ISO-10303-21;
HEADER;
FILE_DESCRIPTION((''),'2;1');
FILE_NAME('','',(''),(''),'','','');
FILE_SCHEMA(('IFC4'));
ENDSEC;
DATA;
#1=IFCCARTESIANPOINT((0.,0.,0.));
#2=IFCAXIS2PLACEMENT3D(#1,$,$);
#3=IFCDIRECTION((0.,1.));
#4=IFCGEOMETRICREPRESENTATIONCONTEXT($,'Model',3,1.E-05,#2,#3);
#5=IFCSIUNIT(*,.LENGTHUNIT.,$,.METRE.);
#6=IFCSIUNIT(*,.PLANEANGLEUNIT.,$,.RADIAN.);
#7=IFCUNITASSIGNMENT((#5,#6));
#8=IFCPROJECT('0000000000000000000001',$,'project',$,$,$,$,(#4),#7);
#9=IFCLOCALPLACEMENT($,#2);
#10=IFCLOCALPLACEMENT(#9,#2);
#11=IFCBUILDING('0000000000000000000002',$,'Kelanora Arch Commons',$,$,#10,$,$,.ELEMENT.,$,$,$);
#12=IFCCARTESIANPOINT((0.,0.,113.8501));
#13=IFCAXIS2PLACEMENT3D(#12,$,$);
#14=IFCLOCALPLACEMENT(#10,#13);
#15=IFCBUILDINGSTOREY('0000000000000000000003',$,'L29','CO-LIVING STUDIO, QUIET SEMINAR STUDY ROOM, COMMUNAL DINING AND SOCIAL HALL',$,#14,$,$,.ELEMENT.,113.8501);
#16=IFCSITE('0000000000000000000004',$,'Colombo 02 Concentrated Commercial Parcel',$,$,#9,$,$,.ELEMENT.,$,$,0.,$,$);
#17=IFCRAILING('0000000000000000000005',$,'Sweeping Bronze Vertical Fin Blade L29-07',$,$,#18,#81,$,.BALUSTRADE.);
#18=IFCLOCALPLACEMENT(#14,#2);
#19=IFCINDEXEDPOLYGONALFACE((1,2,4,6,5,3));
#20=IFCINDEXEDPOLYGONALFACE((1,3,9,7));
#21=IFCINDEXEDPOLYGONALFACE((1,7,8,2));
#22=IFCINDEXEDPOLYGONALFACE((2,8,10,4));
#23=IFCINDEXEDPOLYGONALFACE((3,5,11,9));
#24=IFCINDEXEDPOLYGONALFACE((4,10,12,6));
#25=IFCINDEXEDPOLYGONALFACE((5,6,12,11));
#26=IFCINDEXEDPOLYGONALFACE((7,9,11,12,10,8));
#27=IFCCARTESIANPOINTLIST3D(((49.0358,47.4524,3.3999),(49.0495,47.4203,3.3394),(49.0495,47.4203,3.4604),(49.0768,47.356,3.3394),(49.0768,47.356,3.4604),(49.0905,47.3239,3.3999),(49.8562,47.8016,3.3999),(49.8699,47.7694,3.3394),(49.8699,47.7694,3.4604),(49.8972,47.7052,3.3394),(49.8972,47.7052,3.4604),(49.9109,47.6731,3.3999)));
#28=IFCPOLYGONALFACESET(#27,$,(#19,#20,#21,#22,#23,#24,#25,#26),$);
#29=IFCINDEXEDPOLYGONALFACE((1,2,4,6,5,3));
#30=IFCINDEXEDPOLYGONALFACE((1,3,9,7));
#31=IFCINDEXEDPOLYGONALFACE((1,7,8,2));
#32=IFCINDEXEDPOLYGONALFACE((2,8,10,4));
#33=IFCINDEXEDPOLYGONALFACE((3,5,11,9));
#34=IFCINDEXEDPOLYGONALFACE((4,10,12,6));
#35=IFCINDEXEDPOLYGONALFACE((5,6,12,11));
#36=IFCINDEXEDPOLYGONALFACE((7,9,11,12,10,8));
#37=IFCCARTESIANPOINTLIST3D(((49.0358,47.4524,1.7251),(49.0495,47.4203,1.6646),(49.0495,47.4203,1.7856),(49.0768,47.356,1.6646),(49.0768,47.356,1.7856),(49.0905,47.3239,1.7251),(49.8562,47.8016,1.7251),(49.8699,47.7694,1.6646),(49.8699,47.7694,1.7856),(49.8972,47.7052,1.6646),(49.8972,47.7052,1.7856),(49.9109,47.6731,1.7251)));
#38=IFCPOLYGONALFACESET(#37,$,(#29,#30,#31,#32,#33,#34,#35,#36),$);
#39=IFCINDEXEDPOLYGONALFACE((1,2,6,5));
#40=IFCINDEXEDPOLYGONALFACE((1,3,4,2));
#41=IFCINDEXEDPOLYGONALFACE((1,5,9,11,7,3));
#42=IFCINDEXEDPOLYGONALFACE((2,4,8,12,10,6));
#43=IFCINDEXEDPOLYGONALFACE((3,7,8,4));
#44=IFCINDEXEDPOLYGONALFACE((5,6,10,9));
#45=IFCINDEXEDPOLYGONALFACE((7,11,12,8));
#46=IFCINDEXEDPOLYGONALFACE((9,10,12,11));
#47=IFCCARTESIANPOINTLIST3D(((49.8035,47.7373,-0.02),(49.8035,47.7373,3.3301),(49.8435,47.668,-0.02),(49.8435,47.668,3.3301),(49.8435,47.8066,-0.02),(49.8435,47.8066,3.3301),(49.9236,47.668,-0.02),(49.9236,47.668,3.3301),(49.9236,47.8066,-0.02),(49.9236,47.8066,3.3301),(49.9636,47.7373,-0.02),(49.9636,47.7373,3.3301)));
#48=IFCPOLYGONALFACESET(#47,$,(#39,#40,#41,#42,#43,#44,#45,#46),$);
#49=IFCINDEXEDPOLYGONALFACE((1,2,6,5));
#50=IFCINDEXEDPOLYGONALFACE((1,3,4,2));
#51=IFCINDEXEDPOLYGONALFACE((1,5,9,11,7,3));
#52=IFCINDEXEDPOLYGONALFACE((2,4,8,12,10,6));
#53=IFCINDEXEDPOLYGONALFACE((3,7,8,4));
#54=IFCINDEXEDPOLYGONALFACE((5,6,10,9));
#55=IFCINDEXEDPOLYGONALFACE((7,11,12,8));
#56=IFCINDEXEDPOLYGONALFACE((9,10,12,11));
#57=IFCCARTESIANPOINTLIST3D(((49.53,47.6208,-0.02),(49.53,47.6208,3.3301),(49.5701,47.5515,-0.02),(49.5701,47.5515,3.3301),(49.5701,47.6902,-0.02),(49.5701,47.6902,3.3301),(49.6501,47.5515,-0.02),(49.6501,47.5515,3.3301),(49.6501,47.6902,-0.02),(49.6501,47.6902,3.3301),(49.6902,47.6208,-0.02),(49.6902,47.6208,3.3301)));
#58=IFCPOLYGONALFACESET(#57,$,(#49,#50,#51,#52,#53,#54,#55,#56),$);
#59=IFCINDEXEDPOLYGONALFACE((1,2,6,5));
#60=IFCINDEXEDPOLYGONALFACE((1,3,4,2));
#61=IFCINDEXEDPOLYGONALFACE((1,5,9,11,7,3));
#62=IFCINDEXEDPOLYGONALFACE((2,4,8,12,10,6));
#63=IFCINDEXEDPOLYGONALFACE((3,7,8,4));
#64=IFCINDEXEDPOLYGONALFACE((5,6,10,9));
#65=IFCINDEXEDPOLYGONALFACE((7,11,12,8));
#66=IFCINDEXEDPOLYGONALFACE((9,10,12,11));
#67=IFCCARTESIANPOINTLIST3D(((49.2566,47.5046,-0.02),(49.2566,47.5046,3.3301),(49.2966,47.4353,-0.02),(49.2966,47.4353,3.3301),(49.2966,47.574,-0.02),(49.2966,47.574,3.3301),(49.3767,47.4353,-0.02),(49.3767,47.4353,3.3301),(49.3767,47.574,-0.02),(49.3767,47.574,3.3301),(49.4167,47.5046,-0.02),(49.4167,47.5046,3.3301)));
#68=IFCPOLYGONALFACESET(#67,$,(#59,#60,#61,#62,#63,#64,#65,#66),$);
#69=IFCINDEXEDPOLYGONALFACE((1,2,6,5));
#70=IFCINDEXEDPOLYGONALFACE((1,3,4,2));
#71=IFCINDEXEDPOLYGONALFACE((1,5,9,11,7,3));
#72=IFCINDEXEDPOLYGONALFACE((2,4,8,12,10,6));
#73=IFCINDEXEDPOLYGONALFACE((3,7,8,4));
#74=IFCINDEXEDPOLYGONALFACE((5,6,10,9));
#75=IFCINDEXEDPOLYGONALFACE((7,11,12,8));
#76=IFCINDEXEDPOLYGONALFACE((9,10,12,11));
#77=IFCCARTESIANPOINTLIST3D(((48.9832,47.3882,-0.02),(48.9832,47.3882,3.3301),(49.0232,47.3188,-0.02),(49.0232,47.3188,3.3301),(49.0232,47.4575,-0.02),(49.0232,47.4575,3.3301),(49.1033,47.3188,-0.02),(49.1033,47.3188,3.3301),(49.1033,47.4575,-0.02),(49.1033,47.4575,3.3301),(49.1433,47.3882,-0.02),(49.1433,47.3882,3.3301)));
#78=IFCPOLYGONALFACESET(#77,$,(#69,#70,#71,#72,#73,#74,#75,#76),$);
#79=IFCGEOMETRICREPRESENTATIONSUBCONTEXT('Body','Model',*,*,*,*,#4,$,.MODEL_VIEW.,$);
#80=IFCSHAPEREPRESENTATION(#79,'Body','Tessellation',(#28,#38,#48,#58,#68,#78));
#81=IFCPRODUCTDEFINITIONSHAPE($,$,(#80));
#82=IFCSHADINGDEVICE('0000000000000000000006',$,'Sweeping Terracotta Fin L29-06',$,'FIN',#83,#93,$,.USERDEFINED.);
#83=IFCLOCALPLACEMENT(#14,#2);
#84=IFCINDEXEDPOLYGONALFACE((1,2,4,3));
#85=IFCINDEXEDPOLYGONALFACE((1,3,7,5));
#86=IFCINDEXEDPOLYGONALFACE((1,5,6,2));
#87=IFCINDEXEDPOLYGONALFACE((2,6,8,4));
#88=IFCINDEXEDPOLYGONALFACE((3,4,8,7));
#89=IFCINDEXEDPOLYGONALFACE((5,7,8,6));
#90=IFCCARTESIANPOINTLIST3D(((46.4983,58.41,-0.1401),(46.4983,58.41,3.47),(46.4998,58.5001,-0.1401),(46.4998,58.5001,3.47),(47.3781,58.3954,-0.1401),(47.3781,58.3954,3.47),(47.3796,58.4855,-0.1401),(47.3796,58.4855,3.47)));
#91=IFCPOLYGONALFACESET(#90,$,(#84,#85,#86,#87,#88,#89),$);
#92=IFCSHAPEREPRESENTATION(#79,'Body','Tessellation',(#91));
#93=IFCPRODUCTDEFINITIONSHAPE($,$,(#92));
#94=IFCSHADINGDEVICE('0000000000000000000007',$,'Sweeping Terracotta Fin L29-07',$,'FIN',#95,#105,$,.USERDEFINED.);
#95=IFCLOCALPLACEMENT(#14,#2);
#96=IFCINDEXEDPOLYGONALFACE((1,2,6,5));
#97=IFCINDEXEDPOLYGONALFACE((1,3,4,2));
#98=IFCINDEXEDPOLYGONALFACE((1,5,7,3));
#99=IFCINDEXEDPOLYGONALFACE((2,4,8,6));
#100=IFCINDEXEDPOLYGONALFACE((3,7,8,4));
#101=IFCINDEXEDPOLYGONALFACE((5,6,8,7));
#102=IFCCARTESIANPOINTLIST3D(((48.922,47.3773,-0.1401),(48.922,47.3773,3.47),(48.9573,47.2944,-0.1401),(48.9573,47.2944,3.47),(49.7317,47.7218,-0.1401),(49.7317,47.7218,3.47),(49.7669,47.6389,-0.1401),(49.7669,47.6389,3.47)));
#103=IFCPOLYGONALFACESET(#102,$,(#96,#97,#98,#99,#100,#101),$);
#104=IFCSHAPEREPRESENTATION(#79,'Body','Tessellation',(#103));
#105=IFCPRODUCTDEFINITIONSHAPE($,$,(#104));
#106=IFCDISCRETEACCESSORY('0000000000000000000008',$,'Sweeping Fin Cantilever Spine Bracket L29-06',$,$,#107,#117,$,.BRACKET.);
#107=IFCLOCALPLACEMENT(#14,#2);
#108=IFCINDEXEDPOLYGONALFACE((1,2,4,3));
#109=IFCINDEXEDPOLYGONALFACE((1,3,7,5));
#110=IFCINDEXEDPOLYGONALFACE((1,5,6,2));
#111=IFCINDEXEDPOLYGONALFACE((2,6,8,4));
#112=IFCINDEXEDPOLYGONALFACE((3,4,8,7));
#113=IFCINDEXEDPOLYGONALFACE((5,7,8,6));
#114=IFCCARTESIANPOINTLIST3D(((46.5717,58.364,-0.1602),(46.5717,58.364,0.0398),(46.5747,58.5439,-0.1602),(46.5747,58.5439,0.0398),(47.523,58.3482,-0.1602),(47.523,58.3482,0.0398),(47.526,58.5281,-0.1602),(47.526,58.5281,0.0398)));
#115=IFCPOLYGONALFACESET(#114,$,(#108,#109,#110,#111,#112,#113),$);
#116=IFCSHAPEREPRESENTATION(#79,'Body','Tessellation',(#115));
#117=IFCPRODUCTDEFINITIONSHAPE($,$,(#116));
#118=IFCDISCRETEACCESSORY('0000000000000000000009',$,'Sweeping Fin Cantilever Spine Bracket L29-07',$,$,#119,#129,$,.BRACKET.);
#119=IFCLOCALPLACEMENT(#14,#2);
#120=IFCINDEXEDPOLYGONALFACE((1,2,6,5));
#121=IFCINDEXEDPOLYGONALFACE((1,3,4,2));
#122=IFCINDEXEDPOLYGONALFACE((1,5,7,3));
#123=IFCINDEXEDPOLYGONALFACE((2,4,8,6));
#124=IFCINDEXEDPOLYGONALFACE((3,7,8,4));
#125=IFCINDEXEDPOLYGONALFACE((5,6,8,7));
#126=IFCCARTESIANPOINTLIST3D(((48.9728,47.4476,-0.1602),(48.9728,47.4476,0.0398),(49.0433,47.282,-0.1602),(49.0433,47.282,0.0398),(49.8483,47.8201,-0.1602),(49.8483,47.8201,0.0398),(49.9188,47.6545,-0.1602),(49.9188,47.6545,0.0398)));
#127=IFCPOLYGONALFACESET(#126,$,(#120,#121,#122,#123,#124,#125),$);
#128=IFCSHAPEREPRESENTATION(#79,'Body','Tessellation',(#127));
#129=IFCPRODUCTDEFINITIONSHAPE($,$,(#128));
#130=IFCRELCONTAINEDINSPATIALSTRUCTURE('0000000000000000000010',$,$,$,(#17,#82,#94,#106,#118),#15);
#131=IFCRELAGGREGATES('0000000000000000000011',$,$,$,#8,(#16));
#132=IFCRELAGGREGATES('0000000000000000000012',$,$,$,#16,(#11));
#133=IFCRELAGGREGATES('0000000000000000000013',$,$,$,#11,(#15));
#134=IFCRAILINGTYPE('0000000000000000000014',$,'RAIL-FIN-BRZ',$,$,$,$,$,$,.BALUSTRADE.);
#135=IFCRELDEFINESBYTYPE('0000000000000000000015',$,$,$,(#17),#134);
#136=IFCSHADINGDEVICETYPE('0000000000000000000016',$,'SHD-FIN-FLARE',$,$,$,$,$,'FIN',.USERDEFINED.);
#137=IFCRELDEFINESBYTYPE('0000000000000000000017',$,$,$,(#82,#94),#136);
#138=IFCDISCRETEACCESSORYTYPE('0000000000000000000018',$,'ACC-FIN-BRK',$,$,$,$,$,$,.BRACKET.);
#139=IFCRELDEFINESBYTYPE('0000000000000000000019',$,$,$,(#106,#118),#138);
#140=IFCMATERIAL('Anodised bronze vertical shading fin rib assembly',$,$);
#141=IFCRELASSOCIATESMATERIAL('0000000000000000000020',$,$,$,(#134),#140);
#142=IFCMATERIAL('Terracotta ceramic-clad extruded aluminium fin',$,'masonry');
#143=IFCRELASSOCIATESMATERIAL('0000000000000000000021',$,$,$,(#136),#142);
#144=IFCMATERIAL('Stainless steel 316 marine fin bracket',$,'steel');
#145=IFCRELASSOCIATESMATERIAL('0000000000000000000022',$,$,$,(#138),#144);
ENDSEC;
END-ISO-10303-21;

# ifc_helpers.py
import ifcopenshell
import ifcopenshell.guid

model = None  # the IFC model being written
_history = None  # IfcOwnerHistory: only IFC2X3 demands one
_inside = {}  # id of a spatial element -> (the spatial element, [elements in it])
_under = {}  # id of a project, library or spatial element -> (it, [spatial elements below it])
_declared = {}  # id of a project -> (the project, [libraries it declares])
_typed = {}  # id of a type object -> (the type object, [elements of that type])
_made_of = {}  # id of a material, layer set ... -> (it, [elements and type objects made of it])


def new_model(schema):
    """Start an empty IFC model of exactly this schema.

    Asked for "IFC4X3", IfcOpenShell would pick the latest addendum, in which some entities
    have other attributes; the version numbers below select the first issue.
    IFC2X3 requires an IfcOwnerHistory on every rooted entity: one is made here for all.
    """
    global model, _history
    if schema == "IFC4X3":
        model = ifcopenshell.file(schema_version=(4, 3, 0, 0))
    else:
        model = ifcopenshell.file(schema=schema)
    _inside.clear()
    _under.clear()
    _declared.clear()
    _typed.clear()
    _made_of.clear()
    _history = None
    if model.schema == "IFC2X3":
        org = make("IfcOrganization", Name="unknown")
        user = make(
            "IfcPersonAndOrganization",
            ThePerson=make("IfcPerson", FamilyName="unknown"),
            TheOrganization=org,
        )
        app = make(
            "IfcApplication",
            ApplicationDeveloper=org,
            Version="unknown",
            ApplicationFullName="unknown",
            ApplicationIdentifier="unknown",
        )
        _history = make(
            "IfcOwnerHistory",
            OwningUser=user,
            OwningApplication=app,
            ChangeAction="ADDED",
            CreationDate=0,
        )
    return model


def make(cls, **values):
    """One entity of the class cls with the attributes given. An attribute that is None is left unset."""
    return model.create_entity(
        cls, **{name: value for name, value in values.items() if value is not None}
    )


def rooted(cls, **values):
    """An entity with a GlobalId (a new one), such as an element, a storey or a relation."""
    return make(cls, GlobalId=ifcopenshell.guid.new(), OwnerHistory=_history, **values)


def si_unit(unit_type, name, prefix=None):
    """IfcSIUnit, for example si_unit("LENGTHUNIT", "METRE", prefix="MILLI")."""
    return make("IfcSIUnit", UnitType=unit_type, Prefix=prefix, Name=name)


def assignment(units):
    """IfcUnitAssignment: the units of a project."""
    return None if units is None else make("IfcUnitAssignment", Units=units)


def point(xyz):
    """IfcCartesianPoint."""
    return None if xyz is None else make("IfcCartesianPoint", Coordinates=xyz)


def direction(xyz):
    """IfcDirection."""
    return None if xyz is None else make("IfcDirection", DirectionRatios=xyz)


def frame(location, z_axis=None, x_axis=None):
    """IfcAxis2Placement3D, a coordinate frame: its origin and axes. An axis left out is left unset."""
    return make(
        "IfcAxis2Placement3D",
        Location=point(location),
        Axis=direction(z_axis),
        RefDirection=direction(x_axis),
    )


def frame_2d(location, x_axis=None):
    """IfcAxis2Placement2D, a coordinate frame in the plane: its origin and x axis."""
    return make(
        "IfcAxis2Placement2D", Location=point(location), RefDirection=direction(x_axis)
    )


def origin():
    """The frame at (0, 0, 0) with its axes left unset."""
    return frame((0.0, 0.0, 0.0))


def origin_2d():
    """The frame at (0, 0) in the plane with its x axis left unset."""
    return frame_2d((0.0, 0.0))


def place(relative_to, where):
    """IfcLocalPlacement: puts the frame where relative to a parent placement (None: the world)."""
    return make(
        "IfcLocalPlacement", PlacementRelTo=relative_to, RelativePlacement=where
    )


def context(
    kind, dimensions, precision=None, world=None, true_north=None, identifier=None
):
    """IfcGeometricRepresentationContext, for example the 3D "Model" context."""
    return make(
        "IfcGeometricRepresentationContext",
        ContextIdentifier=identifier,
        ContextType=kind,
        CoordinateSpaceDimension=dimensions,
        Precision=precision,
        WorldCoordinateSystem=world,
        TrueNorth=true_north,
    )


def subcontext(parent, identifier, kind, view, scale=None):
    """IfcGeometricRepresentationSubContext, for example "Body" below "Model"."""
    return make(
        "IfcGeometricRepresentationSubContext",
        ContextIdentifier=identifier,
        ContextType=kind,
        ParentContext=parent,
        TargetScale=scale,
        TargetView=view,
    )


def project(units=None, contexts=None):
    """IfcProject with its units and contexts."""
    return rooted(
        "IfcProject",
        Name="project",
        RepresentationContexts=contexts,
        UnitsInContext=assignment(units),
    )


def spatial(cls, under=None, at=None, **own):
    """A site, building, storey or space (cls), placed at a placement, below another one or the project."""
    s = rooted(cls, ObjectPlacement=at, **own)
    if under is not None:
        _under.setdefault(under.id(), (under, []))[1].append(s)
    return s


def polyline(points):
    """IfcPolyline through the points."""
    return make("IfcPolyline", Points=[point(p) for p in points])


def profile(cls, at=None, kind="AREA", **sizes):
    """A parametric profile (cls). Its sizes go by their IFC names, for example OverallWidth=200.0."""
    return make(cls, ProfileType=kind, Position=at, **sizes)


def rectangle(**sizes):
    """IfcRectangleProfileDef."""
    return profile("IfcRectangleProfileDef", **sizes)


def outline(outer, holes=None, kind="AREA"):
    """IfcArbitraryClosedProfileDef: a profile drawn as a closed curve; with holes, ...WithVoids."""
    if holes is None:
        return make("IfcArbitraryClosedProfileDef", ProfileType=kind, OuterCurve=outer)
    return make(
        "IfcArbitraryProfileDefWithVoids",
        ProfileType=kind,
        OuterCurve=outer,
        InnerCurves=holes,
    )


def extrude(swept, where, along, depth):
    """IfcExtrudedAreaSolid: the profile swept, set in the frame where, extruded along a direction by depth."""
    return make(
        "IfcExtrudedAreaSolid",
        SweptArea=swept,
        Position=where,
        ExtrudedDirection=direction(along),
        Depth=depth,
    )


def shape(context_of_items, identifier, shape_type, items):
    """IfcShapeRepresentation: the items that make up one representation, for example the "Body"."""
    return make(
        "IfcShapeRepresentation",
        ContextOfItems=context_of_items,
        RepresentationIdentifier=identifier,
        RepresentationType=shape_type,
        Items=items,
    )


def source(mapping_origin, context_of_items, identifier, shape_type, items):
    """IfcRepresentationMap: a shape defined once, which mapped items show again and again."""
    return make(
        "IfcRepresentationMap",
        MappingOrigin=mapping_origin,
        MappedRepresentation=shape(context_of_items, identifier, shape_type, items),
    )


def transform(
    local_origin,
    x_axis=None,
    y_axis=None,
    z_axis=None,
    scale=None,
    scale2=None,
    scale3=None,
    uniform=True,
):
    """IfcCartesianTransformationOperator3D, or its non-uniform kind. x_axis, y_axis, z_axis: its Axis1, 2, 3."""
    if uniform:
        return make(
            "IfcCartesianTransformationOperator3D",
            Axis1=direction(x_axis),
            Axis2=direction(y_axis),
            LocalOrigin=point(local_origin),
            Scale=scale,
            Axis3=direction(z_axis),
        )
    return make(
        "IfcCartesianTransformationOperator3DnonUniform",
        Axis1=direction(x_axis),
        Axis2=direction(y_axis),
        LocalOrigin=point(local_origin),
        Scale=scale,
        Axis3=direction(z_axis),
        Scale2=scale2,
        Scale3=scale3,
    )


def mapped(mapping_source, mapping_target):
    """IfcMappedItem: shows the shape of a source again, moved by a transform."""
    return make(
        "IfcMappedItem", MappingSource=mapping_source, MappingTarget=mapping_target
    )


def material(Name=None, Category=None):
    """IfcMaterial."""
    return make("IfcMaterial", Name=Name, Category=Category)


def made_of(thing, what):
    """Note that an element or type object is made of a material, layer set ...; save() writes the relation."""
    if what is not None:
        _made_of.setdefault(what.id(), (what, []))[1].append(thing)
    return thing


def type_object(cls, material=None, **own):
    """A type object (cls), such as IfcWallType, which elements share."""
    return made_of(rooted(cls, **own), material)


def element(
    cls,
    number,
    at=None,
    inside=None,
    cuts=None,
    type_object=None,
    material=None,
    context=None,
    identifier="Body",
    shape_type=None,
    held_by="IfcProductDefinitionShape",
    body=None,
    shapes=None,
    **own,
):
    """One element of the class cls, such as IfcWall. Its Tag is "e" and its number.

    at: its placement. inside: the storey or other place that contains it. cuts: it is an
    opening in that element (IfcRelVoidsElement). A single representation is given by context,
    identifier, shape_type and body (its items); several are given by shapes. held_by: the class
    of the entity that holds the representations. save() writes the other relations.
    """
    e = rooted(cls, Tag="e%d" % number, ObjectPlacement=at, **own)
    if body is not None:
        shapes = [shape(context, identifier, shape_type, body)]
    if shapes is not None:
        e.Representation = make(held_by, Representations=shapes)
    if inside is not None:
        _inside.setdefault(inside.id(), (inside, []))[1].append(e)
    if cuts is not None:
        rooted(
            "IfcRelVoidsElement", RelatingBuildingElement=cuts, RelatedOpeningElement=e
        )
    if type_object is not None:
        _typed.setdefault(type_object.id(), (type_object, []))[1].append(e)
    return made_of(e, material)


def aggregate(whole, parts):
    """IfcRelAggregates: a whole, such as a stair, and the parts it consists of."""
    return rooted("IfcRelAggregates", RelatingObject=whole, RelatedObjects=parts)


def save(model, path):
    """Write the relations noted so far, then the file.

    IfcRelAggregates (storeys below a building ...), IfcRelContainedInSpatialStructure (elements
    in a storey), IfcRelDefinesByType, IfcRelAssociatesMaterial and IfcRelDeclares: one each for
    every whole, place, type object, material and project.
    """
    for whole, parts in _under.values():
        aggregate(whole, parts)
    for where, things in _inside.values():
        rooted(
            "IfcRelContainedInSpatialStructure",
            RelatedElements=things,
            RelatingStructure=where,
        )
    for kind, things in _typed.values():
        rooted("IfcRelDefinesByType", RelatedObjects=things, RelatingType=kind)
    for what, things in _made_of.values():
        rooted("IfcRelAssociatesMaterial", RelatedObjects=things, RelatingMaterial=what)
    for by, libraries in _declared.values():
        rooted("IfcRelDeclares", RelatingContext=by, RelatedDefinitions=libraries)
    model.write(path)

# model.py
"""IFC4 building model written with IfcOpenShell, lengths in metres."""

from ifc_helpers import new_model, si_unit, direction, frame, origin, origin_2d, place, context, subcontext, project, spatial, polyline, rectangle, outline, extrude, source, transform, mapped, material, type_object, element, save


model = new_model("IFC4")

# Units and contexts
model_context = context("Model", 3, precision=1e-05, world=origin(), true_north=direction((0.0, 1.0)))
body_context = subcontext(model_context, "Body", "Model", "MODEL_VIEW")
ifc_project = project(units=[si_unit("LENGTHUNIT", "METRE"), si_unit("PLANEANGLEUNIT", "RADIAN")], contexts=[model_context])

# Site, building, storey
site_placement = place(None, origin())
site = spatial("IfcSite", under=ifc_project, at=site_placement, Name="Colombo 02 Concentrated Commercial Parcel", CompositionType="ELEMENT", RefElevation=0.0)
building_placement = place(site_placement, origin())
building = spatial("IfcBuilding", under=site, at=building_placement, Name="Kelanora Arch Commons", CompositionType="ELEMENT")
storey_placement = place(building_placement, frame((0.0, 0.0, 113.8501)))
storey = spatial("IfcBuildingStorey", under=building, at=storey_placement, Name="L29", Description="CO-LIVING STUDIO, QUIET SEMINAR STUDY ROOM, COMMUNAL DINING AND SOCIAL HALL", CompositionType="ELEMENT", Elevation=113.8501)

# Railing
ifc_material_1 = material(Name="Anodised bronze vertical shading fin rib assembly")
railing_type = type_object("IfcRailingType", Name="RAIL-FIN-BRZ", PredefinedType="BALUSTRADE", material=ifc_material_1)
railing_1_placement = place(storey_placement, frame((49.8835, 47.7373, -0.02)))
element("IfcRailing", 1, at=railing_1_placement, inside=storey, type_object=railing_type, Name="Sweeping Bronze Vertical Fin Blade L29-07", PredefinedType="BALUSTRADE", context=body_context, shape_type="SweptSolid", body=[
    extrude(outline(polyline([(0.0698, 0.0), (0.0349, 0.0605), (-0.0349, 0.0605), (-0.0698, 0.0), (-0.0349, -0.0605), (0.0349, -0.0605), (0.0698, 0.0)])), frame((0.0, 0.0, 3.4199), z_axis=(-0.920134, -0.391604, 0.0), x_axis=(0.391604, -0.920134, 0.0)), (0.0, 0.0, 1.0), 0.8916),
    extrude(outline(polyline([(0.0698, 0.0), (0.0349, 0.0605), (-0.0349, 0.0605), (-0.0698, 0.0), (-0.0349, -0.0605), (0.0349, -0.0605), (0.0698, 0.0)])), frame((0.0, 0.0, 1.7451), z_axis=(-0.920134, -0.391604, 0.0), x_axis=(0.391604, -0.920134, 0.0)), (0.0, 0.0, 1.0), 0.8916),
    extrude(outline(polyline([(0.0801, 0.0), (0.04, 0.0693), (-0.04, 0.0693), (-0.0801, 0.0), (-0.04, -0.0693), (0.04, -0.0693), (0.0801, 0.0)])), origin(), (0.0, 0.0, 1.0), 3.3501),
    extrude(outline(polyline([(0.0801, 0.0), (0.04, 0.0693), (-0.04, 0.0693), (-0.0801, 0.0), (-0.04, -0.0693), (0.04, -0.0693), (0.0801, 0.0)])), frame((-0.2734, -0.1165, 0.0)), (0.0, 0.0, 1.0), 3.3501),
    extrude(outline(polyline([(0.0801, 0.0), (0.04, 0.0693), (-0.04, 0.0693), (-0.0801, 0.0), (-0.04, -0.0693), (0.04, -0.0693), (0.0801, 0.0)])), frame((-0.5469, -0.2327, 0.0)), (0.0, 0.0, 1.0), 3.3501),
    extrude(outline(polyline([(0.0801, 0.0), (0.04, 0.0693), (-0.04, 0.0693), (-0.0801, 0.0), (-0.04, -0.0693), (0.04, -0.0693), (0.0801, 0.0)])), frame((-0.8203, -0.3491, 0.0)), (0.0, 0.0, 1.0), 3.3501),
])

# Shading devices
ifc_material_2 = material(Name="Terracotta ceramic-clad extruded aluminium fin", Category="masonry")
shading_device_type = type_object("IfcShadingDeviceType", Name="SHD-FIN-FLARE", ElementType="FIN", PredefinedType="USERDEFINED", material=ifc_material_2)
shared_shape_1 = source(origin(), body_context, "Body", "SweptSolid", [
    extrude(rectangle(XDim=0.8799, YDim=0.0901, at=origin_2d()), origin(), (0.0, 0.0, 1.0), 3.6101),
])
for number, where, z_axis, x_axis, name in (
    (2, (46.939, 58.4478, -0.1401), (0.0, 0.0, 1.0), (-0.999863, 0.01658, 0.0), "Sweeping Terracotta Fin L29-06"),
    (3, (49.3445, 47.5081, -0.1401), (0.0, 0.0, 1.0), (-0.920164, -0.391534, 0.0), "Sweeping Terracotta Fin L29-07"),
):
    element("IfcShadingDevice", number, at=place(storey_placement, frame(where, z_axis=z_axis, x_axis=x_axis)), inside=storey, type_object=shading_device_type, Name=name, ObjectType="FIN", PredefinedType="USERDEFINED", context=body_context, shape_type="MappedRepresentation", body=[
        mapped(shared_shape_1, transform((0.0, 0.0, 0.0), scale=1.0)),
    ])

# Discrete accessories
ifc_material_3 = material(Name="Stainless steel 316 marine fin bracket", Category="steel")
discrete_accessory_type = type_object("IfcDiscreteAccessoryType", Name="ACC-FIN-BRK", PredefinedType="BRACKET", material=ifc_material_3)
shared_shape_2 = source(origin(), body_context, "Body", "SweptSolid", [
    extrude(rectangle(XDim=0.9514, YDim=0.1799, at=origin_2d()), origin(), (0.0, 0.0, 1.0), 0.2),
])
for number, where, z_axis, x_axis, name in (
    (4, (47.0488, 58.446, -0.1602), (0.0, 0.0, 1.0), (-0.999863, 0.01658, 0.0), "Sweeping Fin Cantilever Spine Bracket L29-06"),
    (5, (49.4458, 47.551, -0.1602), (0.0, 0.0, 1.0), (-0.920164, -0.391534, 0.0), "Sweeping Fin Cantilever Spine Bracket L29-07"),
):
    element("IfcDiscreteAccessory", number, at=place(storey_placement, frame(where, z_axis=z_axis, x_axis=x_axis)), inside=storey, type_object=discrete_accessory_type, Name=name, PredefinedType="BRACKET", context=body_context, shape_type="MappedRepresentation", body=[
        mapped(shared_shape_2, transform((0.0, 0.0, 0.0), scale=1.0)),
    ])

save(model, "model.ifc")
